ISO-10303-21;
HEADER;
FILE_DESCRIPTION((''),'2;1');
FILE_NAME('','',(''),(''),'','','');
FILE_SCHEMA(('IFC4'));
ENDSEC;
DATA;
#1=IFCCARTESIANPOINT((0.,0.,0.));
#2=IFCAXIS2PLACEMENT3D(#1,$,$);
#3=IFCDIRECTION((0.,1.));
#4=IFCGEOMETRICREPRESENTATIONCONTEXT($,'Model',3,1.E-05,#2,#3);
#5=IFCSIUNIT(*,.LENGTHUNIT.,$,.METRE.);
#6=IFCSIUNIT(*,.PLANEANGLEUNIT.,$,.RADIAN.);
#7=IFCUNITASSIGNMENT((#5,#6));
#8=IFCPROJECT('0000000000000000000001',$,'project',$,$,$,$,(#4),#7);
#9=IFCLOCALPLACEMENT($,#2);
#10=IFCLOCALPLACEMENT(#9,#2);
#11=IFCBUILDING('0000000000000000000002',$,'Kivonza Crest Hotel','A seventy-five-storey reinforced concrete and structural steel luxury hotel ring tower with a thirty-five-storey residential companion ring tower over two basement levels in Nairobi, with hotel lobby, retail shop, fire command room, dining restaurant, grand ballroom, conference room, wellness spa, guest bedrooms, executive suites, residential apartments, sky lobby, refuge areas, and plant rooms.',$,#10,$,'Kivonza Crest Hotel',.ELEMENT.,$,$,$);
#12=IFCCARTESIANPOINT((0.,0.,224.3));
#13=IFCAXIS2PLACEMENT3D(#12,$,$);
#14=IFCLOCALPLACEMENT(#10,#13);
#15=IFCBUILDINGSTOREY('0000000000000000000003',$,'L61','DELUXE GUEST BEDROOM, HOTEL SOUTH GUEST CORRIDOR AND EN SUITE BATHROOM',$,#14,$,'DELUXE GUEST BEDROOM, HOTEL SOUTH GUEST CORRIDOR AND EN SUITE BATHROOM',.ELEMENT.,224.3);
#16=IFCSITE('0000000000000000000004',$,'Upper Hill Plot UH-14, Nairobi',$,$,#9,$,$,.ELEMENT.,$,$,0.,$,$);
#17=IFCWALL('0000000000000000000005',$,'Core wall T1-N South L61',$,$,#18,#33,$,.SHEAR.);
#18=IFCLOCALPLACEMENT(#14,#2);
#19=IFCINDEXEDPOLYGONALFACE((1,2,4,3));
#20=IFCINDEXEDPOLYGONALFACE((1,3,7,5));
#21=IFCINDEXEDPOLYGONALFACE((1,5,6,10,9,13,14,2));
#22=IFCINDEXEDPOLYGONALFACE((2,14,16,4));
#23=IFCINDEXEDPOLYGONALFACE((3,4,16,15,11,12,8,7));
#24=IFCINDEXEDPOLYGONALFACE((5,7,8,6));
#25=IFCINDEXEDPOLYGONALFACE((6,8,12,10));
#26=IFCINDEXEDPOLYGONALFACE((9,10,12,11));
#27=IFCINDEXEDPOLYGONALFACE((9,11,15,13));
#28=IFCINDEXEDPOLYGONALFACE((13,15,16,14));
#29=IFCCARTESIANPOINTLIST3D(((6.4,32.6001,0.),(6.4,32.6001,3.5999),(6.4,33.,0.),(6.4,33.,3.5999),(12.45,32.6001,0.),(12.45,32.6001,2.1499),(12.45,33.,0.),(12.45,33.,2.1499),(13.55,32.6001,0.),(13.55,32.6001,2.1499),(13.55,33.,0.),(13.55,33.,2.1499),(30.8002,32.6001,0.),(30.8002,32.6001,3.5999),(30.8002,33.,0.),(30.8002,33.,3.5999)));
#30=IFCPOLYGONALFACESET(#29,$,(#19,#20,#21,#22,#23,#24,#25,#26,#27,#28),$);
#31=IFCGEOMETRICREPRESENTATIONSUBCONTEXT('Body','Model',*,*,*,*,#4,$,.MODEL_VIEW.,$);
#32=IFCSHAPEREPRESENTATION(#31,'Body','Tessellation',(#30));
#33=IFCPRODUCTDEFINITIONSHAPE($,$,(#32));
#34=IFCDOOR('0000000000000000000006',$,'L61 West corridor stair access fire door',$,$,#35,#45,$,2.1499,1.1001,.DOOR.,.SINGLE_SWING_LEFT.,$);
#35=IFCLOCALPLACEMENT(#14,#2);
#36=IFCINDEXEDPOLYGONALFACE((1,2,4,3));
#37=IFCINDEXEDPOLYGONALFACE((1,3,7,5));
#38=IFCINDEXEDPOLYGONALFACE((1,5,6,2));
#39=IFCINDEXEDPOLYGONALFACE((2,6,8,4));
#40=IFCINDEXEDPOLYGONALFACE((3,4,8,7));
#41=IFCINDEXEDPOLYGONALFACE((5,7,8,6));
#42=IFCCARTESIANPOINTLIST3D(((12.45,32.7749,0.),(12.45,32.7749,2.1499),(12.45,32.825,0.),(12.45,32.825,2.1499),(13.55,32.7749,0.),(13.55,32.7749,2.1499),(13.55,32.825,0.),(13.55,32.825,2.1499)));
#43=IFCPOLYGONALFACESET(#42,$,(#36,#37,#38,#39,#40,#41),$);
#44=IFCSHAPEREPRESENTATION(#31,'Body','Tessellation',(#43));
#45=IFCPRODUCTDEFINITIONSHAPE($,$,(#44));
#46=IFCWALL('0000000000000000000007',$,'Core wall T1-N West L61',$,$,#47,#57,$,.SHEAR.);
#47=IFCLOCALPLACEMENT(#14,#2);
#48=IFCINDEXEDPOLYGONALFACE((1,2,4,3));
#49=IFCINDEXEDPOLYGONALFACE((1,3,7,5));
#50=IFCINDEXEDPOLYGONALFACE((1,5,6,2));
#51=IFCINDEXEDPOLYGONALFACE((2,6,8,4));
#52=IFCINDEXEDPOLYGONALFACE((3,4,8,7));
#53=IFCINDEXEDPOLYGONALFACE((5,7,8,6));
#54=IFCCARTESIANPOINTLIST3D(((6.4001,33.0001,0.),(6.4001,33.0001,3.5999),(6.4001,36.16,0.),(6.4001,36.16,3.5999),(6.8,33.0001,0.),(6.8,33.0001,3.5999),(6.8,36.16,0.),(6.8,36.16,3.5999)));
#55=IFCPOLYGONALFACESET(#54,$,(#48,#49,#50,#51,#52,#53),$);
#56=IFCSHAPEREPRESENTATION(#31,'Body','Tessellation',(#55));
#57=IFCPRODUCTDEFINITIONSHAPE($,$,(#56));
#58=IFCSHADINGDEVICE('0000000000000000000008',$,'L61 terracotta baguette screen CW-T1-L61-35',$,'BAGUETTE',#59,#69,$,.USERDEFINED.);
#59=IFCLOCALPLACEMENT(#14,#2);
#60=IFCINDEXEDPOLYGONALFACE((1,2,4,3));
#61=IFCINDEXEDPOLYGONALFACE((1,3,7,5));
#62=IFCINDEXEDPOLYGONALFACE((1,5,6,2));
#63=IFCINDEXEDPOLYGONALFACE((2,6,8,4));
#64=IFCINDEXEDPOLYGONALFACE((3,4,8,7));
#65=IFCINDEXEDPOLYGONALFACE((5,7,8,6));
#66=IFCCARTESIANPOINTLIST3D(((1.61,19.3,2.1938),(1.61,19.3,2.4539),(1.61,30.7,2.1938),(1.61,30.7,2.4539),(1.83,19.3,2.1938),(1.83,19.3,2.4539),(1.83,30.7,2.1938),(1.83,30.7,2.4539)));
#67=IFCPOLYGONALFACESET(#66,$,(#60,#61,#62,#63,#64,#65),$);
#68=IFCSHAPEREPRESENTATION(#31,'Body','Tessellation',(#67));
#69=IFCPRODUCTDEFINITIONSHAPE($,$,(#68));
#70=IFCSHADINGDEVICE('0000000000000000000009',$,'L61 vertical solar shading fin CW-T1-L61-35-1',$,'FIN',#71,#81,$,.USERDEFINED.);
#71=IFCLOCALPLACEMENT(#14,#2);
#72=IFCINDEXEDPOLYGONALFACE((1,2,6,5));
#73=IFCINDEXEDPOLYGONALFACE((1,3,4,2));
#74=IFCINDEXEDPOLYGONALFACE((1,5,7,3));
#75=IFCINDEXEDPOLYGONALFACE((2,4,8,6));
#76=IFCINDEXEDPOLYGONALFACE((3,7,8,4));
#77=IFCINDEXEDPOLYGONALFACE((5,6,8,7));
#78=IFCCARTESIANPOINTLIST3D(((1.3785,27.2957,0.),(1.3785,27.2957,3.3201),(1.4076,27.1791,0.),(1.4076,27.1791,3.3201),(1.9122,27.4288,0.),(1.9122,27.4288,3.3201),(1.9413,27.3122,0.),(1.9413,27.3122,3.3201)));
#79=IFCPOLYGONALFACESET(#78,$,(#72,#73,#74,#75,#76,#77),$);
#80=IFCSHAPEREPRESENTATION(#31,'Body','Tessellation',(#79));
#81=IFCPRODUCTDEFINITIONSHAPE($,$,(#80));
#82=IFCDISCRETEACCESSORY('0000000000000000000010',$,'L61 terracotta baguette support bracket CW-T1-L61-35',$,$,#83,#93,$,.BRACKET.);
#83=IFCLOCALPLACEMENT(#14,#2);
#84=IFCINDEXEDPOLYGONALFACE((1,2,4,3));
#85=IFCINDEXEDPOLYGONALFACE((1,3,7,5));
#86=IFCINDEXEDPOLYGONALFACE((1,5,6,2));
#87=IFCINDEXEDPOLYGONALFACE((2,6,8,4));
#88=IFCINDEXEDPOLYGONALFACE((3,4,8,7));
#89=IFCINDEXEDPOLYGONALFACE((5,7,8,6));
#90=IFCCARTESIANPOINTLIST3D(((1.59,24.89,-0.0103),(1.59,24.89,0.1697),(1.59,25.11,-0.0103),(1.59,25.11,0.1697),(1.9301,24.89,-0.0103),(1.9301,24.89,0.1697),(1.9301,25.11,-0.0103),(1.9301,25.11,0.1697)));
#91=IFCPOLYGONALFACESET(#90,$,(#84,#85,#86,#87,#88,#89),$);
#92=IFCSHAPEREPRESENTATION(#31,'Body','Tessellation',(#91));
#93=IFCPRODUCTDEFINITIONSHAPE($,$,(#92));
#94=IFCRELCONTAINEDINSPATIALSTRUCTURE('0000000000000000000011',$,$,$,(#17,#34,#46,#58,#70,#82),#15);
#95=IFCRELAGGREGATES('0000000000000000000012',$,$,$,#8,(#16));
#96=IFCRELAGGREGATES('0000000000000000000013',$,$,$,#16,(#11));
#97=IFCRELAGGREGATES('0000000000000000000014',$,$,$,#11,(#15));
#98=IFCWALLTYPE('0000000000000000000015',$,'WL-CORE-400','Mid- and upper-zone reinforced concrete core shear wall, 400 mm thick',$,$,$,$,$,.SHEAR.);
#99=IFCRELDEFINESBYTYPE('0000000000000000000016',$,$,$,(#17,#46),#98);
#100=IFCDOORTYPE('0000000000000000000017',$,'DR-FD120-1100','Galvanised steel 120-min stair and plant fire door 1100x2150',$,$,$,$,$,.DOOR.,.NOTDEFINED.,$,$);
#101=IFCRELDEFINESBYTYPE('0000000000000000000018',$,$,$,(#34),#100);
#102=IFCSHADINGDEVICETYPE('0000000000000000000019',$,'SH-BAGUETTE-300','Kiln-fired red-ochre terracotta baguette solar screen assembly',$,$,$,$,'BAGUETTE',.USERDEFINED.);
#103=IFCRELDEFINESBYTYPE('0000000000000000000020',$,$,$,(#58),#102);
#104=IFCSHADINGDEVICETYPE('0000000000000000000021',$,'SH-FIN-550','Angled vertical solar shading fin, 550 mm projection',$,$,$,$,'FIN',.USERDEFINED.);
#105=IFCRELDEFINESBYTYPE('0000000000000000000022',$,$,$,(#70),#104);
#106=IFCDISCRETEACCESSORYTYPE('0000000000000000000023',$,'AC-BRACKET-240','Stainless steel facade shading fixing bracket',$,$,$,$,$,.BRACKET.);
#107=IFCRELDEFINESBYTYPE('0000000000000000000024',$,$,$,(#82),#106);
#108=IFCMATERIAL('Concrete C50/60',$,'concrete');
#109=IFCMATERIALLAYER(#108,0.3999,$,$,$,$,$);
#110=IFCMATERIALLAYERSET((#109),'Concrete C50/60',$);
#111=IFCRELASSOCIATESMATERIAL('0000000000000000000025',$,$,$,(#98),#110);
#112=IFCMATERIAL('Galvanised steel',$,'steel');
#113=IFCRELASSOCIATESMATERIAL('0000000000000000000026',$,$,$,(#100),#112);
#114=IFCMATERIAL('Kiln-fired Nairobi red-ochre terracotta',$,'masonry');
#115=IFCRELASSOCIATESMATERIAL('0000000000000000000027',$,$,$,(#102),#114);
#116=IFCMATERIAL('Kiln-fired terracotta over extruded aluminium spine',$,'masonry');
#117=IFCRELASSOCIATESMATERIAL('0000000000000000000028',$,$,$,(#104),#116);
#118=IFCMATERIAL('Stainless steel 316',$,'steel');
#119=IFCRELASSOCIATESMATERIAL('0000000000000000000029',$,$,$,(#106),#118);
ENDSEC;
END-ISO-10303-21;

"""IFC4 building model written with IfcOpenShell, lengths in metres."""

from ifc_helpers import new_model, si_unit, direction, frame, frame_2d, origin, origin_2d, place, context, subcontext, project, spatial, rectangle, extrude, material, layer, layer_set, type_object, element, fill, save


model = new_model("IFC4")

# Units and contexts
model_context = context("Model", 3, precision=1e-05, world=origin(), true_north=direction((0.0, 1.0)))
body_context = subcontext(model_context, "Body", "Model", "MODEL_VIEW")
ifc_project = project(units=[si_unit("LENGTHUNIT", "METRE"), si_unit("PLANEANGLEUNIT", "RADIAN")], contexts=[model_context])

# Site, building, storey
site_placement = place(None, origin())
site = spatial("IfcSite", under=ifc_project, at=site_placement, Name="Upper Hill Plot UH-14, Nairobi", CompositionType="ELEMENT", RefElevation=0.0)
building_placement = place(site_placement, origin())
building = spatial("IfcBuilding", under=site, at=building_placement, Name="Kivonza Crest Hotel", Description="A seventy-five-storey reinforced concrete and structural steel luxury hotel ring tower with a thirty-five-storey residential companion ring tower over two basement levels in Nairobi, with hotel lobby, retail shop, fire command room, dining restaurant, grand ballroom, conference room, wellness spa, guest bedrooms, executive suites, residential apartments, sky lobby, refuge areas, and plant rooms.", LongName="Kivonza Crest Hotel", CompositionType="ELEMENT")
storey_placement = place(building_placement, frame((0.0, 0.0, 224.3)))
storey = spatial("IfcBuildingStorey", under=building, at=storey_placement, Name="L61", Description="DELUXE GUEST BEDROOM, HOTEL SOUTH GUEST CORRIDOR AND EN SUITE BATHROOM", LongName="DELUXE GUEST BEDROOM, HOTEL SOUTH GUEST CORRIDOR AND EN SUITE BATHROOM", CompositionType="ELEMENT", Elevation=224.3)

# Shared definitions
ifc_material_1 = material(Name="Concrete C50/60", Category="concrete")

# Wall, opening, door
ifc_layer_1 = layer(ifc_material_1, 0.3999)
ifc_layer_set_1 = layer_set([ifc_layer_1], Name="Concrete C50/60")
wall_type_1 = type_object("IfcWallType", Name="WL-CORE-400", Description="Mid- and upper-zone reinforced concrete core shear wall, 400 mm thick", PredefinedType="SHEAR", material=ifc_layer_set_1)
wall_1_placement = place(storey_placement, frame((6.3999, 32.8, 0.0), z_axis=(0.0, 0.0, 1.0), x_axis=(1.0, 0.0, 0.0)))
wall_1 = element("IfcWall", 1, at=wall_1_placement, inside=storey, type_object=wall_type_1, Name="Core wall T1-N South L61", PredefinedType="SHEAR", context=body_context, shape_type="SweptSolid", body=[
    extrude(rectangle(XDim=24.4001, YDim=0.3999, at=frame_2d((12.2002, 0.0))), origin(), (0.0, 0.0, 1.0), 3.5999),
])
opening_placement = place(wall_1_placement, frame((6.05, 0.0, 0.0)))
opening = element("IfcOpeningElement", 2, at=opening_placement, cuts=wall_1, PredefinedType="OPENING", context=body_context, shape_type="SweptSolid", body=[
    extrude(rectangle(XDim=1.1001, YDim=2.1499, at=frame_2d((0.55, 1.075))), frame((0.0, 0.21, 0.0), z_axis=(0.0, -1.0, 0.0), x_axis=(1.0, 0.0, 0.0)), (0.0, 0.0, 1.0), 0.4199),
])
ifc_material_2 = material(Name="Galvanised steel", Category="steel")
door_type = type_object("IfcDoorType", Name="DR-FD120-1100", Description="Galvanised steel 120-min stair and plant fire door 1100x2150", OperationType="NOTDEFINED", PredefinedType="DOOR", material=ifc_material_2)
door_placement = place(opening_placement, origin())
door = element("IfcDoor", 3, at=door_placement, inside=storey, type_object=door_type, Name="L61 West corridor stair access fire door", OperationType="SINGLE_SWING_LEFT", OverallHeight=2.1499, OverallWidth=1.1001, PredefinedType="DOOR", context=body_context, shape_type="SweptSolid", body=[
    extrude(rectangle(XDim=1.1001, YDim=2.1499, at=frame_2d((0.55, 1.075))), frame((0.0, 0.0249, 0.0), z_axis=(0.0, -1.0, 0.0), x_axis=(1.0, 0.0, 0.0)), (0.0, 0.0, 1.0), 0.05),
])
fill(opening, door)

# Wall
wall_2_placement = place(storey_placement, frame((6.6001, 33.0, 0.0), z_axis=(0.0, 0.0, 1.0), x_axis=(0.0, 1.0, 0.0)))
element("IfcWall", 4, at=wall_2_placement, inside=storey, type_object=wall_type_1, Name="Core wall T1-N West L61", PredefinedType="SHEAR", context=body_context, shape_type="SweptSolid", body=[
    extrude(rectangle(XDim=3.1599, YDim=0.3999, at=frame_2d((1.5801, 0.0))), origin(), (0.0, 0.0, 1.0), 3.5999),
])

# Shading devices
ifc_material_3 = material(Name="Kiln-fired Nairobi red-ochre terracotta", Category="masonry")
shading_device_type_1 = type_object("IfcShadingDeviceType", Name="SH-BAGUETTE-300", Description="Kiln-fired red-ochre terracotta baguette solar screen assembly", ElementType="BAGUETTE", PredefinedType="USERDEFINED", material=ifc_material_3)
shading_device_1_placement = place(storey_placement, frame((1.72, 25.0, 2.1938), z_axis=(0.0, 0.0, 1.0), x_axis=(0.0, -1.0, 0.0)))
element("IfcShadingDevice", 5, at=shading_device_1_placement, inside=storey, type_object=shading_device_type_1, Name="L61 terracotta baguette screen CW-T1-L61-35", ObjectType="BAGUETTE", PredefinedType="USERDEFINED", context=body_context, shape_type="SweptSolid", body=[
    extrude(rectangle(XDim=11.3999, YDim=0.22, at=origin_2d()), origin(), (0.0, 0.0, 1.0), 0.26),
])
ifc_material_4 = material(Name="Kiln-fired terracotta over extruded aluminium spine", Category="masonry")
shading_device_type_2 = type_object("IfcShadingDeviceType", Name="SH-FIN-550", Description="Angled vertical solar shading fin, 550 mm projection", ElementType="FIN", PredefinedType="USERDEFINED", material=ifc_material_4)
shading_device_2_placement = place(storey_placement, frame((1.6599, 27.304, 0.0), z_axis=(0.0, 0.0, 1.0), x_axis=(0.241922, -0.970296, 0.0)))
element("IfcShadingDevice", 6, at=shading_device_2_placement, inside=storey, type_object=shading_device_type_2, Name="L61 vertical solar shading fin CW-T1-L61-35-1", ObjectType="FIN", PredefinedType="USERDEFINED", context=body_context, shape_type="SweptSolid", body=[
    extrude(rectangle(XDim=0.1201, YDim=0.55, at=origin_2d()), origin(), (0.0, 0.0, 1.0), 3.3201),
])

# Discrete accessory
ifc_material_5 = material(Name="Stainless steel 316", Category="steel")
discrete_accessory_type = type_object("IfcDiscreteAccessoryType", Name="AC-BRACKET-240", Description="Stainless steel facade shading fixing bracket", PredefinedType="BRACKET", material=ifc_material_5)
discrete_accessory_placement = place(storey_placement, frame((1.76, 25.0, -0.0103), z_axis=(0.0, 0.0, 1.0), x_axis=(0.0, -1.0, 0.0)))
element("IfcDiscreteAccessory", 7, at=discrete_accessory_placement, inside=storey, type_object=discrete_accessory_type, Name="L61 terracotta baguette support bracket CW-T1-L61-35", PredefinedType="BRACKET", context=body_context, shape_type="SweptSolid", body=[
    extrude(rectangle(XDim=0.22, YDim=0.3401, at=origin_2d()), origin(), (0.0, 0.0, 1.0), 0.1799),
])

save(model, "model.ifc")
